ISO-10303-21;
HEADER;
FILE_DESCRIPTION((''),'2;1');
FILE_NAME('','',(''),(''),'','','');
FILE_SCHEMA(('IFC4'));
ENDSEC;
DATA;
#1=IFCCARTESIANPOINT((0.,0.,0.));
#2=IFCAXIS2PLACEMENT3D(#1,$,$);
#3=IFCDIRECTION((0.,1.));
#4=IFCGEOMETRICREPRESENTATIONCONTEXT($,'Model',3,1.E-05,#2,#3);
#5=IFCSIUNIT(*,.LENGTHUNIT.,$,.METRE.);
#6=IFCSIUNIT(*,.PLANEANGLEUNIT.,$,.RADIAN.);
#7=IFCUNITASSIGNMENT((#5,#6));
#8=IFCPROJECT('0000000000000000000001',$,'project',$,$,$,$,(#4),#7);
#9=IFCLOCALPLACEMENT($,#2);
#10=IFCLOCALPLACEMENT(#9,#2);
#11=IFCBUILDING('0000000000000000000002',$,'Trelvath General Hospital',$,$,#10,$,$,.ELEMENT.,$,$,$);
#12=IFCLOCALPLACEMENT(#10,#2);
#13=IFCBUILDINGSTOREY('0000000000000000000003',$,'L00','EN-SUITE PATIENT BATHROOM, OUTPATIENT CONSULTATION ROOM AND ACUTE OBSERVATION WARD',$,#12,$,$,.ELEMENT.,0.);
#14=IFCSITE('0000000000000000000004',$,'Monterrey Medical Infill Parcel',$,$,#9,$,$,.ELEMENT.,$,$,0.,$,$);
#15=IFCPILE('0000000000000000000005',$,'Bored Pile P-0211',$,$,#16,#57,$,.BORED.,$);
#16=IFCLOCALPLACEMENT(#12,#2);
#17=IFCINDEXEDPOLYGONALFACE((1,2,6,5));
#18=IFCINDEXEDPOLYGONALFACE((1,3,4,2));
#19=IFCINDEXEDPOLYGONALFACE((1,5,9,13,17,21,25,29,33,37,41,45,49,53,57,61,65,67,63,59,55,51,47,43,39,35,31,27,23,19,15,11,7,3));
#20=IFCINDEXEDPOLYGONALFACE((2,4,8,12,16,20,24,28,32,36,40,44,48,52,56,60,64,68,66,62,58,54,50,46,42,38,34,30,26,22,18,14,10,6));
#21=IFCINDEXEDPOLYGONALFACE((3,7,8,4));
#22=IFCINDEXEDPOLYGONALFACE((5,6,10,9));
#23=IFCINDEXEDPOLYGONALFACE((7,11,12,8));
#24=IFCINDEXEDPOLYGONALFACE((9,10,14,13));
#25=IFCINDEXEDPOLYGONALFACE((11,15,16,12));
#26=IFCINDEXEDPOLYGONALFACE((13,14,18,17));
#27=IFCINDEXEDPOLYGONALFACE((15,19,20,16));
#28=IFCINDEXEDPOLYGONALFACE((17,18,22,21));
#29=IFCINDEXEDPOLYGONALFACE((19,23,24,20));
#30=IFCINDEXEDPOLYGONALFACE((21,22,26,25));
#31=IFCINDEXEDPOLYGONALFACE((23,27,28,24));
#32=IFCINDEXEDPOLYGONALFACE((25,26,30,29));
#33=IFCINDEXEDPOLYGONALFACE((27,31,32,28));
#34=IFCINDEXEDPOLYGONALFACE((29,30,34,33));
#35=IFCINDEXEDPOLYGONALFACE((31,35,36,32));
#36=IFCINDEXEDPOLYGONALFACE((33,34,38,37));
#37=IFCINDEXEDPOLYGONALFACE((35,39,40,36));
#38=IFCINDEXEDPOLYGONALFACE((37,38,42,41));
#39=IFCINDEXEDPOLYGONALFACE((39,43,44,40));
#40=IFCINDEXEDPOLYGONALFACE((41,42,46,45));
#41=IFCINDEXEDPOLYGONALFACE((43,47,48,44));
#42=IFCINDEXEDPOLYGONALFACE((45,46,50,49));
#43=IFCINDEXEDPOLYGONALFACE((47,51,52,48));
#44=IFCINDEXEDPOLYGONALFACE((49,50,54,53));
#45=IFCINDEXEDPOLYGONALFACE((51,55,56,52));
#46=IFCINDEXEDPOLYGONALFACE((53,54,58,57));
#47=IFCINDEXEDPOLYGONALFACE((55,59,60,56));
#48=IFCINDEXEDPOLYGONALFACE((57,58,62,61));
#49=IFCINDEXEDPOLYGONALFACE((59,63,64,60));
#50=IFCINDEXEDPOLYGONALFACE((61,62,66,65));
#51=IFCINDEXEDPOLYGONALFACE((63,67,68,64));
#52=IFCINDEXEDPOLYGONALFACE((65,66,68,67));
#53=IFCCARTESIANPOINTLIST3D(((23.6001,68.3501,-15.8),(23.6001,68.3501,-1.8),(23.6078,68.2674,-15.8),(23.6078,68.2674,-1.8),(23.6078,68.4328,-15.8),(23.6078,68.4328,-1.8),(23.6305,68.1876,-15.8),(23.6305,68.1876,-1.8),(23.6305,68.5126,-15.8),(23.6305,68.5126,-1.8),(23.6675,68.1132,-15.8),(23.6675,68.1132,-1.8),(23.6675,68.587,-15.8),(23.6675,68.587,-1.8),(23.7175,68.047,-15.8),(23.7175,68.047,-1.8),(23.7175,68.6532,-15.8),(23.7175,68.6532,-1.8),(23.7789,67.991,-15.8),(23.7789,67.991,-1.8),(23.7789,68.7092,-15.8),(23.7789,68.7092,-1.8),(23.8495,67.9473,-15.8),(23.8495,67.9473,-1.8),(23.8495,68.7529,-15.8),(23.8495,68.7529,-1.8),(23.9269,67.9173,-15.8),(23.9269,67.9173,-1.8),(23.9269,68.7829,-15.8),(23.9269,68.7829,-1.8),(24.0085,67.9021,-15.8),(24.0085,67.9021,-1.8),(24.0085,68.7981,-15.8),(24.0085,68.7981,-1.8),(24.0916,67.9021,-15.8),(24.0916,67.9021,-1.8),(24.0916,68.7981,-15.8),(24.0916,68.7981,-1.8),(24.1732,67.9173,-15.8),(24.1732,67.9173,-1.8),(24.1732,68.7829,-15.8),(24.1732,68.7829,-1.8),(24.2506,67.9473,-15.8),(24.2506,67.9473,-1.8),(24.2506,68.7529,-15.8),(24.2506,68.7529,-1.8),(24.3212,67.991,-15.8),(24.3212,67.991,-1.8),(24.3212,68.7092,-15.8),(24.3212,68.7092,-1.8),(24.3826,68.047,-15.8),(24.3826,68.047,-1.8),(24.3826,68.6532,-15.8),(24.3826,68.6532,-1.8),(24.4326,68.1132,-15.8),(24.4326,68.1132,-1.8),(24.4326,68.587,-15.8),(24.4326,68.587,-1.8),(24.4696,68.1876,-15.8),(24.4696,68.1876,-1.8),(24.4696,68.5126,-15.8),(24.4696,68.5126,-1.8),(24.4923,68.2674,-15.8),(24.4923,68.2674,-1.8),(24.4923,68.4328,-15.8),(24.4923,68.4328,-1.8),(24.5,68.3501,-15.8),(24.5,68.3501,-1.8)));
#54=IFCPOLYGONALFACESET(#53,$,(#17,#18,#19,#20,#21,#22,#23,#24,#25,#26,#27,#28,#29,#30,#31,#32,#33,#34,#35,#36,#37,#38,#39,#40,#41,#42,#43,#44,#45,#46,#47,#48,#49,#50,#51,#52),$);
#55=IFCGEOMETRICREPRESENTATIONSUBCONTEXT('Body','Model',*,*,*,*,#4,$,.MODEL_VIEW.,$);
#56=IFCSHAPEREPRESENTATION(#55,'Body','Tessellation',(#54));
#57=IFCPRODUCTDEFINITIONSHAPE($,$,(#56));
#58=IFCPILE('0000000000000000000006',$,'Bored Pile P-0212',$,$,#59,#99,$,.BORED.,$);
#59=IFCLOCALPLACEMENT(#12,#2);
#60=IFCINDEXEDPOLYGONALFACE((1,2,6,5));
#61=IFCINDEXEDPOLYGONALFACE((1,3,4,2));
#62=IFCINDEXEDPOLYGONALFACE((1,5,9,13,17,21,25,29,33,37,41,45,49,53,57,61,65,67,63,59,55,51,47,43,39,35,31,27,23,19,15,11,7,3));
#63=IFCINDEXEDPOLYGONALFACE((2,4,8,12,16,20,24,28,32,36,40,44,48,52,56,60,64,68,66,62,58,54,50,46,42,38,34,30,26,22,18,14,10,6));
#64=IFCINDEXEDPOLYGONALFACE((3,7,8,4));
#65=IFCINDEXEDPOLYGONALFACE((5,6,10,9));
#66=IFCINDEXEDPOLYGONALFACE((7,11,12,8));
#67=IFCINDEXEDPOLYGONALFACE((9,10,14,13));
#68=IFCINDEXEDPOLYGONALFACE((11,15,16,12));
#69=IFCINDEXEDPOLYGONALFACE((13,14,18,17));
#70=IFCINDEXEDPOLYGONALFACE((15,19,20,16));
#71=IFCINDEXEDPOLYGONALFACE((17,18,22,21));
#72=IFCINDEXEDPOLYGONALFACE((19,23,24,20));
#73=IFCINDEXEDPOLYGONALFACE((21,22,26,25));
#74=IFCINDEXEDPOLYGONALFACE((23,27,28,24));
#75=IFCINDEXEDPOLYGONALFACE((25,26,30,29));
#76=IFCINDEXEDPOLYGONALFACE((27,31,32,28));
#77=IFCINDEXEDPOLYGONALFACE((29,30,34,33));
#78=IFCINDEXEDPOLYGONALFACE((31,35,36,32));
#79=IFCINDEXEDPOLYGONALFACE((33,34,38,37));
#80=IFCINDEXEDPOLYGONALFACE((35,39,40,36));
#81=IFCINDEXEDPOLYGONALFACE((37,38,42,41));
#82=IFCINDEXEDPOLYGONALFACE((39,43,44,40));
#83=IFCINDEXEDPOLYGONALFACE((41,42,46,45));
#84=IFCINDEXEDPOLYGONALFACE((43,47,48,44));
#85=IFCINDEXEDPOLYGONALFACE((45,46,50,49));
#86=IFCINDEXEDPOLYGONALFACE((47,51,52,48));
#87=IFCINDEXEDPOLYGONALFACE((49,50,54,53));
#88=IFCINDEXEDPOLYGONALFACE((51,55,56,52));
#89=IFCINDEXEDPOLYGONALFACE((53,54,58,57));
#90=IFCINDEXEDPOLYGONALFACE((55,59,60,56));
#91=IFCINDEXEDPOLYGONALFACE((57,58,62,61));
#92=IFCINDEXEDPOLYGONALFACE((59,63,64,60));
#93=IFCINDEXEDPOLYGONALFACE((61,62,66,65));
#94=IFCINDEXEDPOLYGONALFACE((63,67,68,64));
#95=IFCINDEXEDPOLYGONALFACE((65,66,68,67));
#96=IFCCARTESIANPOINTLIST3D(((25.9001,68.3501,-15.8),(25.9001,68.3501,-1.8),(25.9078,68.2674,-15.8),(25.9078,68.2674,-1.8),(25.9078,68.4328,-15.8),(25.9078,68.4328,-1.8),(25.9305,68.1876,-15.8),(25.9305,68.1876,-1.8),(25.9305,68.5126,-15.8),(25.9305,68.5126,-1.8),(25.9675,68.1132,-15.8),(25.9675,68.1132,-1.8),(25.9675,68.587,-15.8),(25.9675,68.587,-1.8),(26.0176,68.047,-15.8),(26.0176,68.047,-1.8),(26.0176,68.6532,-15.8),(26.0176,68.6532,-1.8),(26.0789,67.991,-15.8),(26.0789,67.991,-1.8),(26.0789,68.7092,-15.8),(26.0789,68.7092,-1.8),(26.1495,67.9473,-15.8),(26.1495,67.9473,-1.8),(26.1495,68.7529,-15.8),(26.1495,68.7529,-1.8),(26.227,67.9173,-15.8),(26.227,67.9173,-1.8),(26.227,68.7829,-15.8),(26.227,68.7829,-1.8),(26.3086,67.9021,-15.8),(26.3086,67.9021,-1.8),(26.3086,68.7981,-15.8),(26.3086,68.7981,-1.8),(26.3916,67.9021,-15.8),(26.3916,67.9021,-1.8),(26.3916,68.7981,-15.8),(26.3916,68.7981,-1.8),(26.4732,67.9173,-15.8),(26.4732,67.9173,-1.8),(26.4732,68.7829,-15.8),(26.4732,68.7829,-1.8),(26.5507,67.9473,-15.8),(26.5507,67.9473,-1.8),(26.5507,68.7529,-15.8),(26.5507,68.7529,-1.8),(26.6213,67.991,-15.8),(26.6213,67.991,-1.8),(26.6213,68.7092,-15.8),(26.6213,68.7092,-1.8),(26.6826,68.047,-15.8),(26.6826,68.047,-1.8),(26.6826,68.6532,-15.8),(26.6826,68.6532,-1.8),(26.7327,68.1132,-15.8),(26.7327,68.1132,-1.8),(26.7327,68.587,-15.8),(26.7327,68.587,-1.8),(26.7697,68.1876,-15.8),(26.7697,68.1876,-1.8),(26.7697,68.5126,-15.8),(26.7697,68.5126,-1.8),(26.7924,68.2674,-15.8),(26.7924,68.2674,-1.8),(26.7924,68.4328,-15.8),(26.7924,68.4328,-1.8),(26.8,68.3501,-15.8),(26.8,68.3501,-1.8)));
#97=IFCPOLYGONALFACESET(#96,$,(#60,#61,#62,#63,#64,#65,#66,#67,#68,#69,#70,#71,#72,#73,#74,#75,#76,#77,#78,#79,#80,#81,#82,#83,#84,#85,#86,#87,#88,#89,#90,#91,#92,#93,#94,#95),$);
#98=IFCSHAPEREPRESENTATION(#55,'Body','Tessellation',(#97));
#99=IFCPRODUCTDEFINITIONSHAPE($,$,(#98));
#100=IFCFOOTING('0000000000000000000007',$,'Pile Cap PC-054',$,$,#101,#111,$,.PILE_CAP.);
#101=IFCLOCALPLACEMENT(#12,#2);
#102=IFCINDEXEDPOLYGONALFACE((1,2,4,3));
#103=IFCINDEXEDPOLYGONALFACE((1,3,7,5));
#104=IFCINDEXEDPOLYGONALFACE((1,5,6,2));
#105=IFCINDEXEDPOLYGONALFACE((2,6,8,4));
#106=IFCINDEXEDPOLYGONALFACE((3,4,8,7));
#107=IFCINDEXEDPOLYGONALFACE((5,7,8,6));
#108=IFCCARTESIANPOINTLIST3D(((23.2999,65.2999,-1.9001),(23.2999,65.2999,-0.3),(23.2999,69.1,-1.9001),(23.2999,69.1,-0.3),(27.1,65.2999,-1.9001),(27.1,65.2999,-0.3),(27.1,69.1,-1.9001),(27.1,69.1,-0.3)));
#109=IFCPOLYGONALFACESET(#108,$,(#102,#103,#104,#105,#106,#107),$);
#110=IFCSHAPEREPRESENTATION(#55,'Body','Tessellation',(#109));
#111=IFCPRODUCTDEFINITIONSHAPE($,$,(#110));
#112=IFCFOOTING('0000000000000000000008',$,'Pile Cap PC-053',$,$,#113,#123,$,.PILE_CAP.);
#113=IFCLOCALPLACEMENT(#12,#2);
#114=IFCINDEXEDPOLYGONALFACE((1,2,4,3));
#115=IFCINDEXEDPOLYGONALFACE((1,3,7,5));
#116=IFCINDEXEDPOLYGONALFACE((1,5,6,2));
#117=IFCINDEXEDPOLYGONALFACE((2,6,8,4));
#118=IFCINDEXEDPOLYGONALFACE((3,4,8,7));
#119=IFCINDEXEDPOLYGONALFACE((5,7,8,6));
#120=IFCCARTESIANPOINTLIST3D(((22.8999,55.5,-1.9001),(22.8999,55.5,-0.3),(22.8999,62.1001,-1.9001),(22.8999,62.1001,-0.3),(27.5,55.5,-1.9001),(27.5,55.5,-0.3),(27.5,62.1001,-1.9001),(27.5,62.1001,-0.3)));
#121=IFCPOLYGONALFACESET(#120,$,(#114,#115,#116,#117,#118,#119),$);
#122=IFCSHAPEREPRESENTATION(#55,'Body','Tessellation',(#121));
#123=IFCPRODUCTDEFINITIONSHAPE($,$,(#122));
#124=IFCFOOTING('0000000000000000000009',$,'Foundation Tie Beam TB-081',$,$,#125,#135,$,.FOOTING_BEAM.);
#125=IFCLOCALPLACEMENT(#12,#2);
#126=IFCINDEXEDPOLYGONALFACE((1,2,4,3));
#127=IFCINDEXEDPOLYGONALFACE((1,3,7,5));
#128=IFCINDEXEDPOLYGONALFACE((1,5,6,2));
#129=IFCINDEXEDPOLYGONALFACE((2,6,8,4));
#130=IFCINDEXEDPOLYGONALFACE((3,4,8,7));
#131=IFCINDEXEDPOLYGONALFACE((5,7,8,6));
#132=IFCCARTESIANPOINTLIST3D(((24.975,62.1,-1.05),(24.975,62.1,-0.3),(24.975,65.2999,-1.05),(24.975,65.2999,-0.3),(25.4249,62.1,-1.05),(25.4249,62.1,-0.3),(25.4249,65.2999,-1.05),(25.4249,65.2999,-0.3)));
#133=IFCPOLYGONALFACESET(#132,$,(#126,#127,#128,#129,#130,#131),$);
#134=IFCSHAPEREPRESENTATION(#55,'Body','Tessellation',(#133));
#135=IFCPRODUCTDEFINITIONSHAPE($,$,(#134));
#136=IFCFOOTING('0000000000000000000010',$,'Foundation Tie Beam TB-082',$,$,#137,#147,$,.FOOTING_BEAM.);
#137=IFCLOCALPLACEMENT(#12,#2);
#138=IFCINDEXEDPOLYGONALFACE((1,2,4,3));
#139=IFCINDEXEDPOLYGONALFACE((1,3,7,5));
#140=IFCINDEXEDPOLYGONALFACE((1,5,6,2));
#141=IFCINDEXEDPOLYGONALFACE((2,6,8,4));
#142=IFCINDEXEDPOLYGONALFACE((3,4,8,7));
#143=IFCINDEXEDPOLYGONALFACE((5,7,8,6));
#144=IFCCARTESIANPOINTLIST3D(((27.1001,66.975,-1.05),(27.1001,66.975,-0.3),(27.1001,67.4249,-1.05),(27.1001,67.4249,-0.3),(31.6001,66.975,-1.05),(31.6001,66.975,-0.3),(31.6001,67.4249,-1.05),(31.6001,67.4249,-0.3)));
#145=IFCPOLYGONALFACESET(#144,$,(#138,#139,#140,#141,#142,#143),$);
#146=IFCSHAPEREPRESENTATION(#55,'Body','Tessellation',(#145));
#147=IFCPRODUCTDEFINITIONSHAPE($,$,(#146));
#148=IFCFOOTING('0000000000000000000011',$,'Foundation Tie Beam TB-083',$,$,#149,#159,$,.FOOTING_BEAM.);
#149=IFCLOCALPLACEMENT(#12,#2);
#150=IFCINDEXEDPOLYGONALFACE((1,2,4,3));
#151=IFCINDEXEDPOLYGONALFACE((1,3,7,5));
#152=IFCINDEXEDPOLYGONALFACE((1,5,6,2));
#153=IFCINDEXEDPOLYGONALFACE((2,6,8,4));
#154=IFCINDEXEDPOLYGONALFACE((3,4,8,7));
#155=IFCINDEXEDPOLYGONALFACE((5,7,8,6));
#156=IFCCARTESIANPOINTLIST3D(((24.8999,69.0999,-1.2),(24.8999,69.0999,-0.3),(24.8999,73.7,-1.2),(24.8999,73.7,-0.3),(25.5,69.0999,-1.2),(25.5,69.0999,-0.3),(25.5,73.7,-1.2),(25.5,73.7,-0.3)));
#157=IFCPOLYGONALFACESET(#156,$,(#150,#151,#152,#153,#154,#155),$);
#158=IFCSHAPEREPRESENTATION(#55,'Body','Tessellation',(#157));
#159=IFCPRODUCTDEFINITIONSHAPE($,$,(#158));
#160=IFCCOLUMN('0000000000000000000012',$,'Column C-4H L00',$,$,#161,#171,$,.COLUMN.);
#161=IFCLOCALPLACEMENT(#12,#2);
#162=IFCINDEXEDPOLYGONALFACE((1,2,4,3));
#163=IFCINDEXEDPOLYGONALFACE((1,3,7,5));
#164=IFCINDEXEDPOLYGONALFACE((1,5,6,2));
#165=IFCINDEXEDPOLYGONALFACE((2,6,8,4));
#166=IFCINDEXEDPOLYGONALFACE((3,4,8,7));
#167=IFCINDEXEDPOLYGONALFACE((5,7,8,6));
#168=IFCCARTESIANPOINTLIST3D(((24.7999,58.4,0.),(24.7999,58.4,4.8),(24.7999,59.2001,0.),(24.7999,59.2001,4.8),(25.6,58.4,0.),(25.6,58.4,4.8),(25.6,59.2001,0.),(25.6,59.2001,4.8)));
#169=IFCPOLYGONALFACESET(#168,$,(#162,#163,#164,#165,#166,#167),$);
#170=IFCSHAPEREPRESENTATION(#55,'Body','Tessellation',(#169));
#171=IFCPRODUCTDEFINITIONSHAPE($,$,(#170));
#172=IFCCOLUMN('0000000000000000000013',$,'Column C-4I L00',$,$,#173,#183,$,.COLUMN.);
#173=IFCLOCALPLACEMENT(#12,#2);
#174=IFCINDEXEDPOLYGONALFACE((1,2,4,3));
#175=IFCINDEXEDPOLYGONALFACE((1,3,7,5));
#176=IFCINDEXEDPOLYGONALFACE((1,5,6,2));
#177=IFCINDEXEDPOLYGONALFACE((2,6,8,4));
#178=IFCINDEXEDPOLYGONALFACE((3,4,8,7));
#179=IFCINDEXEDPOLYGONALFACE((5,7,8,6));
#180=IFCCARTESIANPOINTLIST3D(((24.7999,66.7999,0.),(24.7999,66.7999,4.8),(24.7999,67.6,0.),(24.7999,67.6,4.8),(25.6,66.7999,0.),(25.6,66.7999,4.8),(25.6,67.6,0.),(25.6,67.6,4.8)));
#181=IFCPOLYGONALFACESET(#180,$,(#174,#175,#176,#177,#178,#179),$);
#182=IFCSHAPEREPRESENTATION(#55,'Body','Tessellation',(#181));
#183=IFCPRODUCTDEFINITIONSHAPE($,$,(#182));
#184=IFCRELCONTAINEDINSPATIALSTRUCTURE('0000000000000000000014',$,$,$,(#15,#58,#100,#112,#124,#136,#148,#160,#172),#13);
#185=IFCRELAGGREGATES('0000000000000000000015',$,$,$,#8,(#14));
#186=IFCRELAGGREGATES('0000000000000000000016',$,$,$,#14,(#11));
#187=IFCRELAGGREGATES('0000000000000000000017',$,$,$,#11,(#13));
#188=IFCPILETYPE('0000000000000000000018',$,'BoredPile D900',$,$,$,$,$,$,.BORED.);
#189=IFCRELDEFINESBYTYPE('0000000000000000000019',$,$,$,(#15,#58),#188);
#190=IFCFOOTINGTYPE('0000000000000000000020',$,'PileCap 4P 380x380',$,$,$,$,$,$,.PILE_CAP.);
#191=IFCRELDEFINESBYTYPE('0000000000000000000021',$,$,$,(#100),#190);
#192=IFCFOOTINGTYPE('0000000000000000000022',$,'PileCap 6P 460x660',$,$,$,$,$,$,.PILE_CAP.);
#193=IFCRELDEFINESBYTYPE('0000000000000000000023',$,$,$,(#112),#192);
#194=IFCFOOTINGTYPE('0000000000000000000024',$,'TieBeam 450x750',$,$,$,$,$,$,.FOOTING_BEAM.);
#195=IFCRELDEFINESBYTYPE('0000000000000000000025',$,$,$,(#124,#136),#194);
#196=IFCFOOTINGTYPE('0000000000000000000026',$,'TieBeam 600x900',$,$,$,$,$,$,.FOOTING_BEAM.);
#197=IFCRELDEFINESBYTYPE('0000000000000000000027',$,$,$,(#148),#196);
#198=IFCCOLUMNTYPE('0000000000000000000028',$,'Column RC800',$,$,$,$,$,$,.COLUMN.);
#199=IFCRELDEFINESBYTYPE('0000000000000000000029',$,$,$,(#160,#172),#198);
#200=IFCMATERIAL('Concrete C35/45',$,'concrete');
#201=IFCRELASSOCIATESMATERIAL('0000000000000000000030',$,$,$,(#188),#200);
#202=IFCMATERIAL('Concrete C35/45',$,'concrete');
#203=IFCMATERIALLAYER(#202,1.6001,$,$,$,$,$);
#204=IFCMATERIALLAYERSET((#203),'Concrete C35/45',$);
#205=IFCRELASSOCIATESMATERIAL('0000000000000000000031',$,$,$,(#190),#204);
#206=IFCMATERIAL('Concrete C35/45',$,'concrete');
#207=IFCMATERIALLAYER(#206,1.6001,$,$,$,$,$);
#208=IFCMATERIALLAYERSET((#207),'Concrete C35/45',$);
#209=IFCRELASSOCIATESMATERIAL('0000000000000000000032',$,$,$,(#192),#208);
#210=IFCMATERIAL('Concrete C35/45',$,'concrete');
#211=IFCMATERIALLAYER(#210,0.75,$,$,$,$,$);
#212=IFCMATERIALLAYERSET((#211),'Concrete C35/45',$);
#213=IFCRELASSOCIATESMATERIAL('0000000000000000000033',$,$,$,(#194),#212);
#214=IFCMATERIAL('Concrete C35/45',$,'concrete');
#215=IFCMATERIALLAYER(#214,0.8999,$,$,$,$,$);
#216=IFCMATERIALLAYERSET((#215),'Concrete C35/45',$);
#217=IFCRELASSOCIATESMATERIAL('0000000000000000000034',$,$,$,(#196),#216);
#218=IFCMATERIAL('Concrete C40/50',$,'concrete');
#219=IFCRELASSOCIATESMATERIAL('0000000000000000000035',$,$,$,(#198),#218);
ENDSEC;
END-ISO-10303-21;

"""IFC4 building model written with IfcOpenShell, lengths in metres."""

from ifc_helpers import new_model, si_unit, direction, frame, origin, origin_2d, place, context, subcontext, project, spatial, rectangle, circle, extrude, material, layer, layer_set, material_profile, profile_set, type_object, element, save


model = new_model("IFC4")

# Units and contexts
model_context = context("Model", 3, precision=1e-05, world=origin(), true_north=direction((0.0, 1.0)))
body_context = subcontext(model_context, "Body", "Model", "MODEL_VIEW")
ifc_project = project(units=[si_unit("LENGTHUNIT", "METRE"), si_unit("PLANEANGLEUNIT", "RADIAN")], contexts=[model_context])

# Site, building, storey
site_placement = place(None, origin())
site = spatial("IfcSite", under=ifc_project, at=site_placement, Name="Monterrey Medical Infill Parcel", CompositionType="ELEMENT", RefElevation=0.0)
building_placement = place(site_placement, origin())
building = spatial("IfcBuilding", under=site, at=building_placement, Name="Trelvath General Hospital", CompositionType="ELEMENT")
storey_placement = place(building_placement, origin())
storey = spatial("IfcBuildingStorey", under=building, at=storey_placement, Name="L00", Description="EN-SUITE PATIENT BATHROOM, OUTPATIENT CONSULTATION ROOM AND ACUTE OBSERVATION WARD", CompositionType="ELEMENT", Elevation=0.0)

# Piles
ifc_material_1 = material(Name="Concrete C35/45", Category="concrete")
ifc_material_profile_1 = material_profile(ifc_material_1, circle(Radius=0.45, at=origin_2d()), Name="PILE900")
ifc_profile_set_1 = profile_set([ifc_material_profile_1], Name="Concrete C35/45")
pile_type_1 = type_object("IfcPileType", Name="BoredPile D900", PredefinedType="BORED", material=ifc_profile_set_1)
for number, where, z_axis, x_axis, name in (
    (1, (24.05, 68.3501, -1.8), (0.0, 0.0, -1.0), (1.0, 0.0, 0.0), "Bored Pile P-0211"),
    (2, (26.3501, 68.3501, -1.8), (0.0, 0.0, -1.0), (1.0, 0.0, 0.0), "Bored Pile P-0212"),
):
    element("IfcPile", number, at=place(storey_placement, frame(where, z_axis=z_axis, x_axis=x_axis)), inside=storey, type_object=pile_type_1, Name=name, PredefinedType="BORED", context=body_context, shape_type="SweptSolid", body=[
        extrude(circle(Radius=0.45, at=origin_2d()), origin(), (0.0, 0.0, 1.0), 14.0),
    ])

# Footings
ifc_material_2 = material(Name="Concrete C35/45", Category="concrete")
ifc_layer_1 = layer(ifc_material_2, 1.6001)
ifc_layer_set_1 = layer_set([ifc_layer_1], Name="Concrete C35/45")
footing_type_1 = type_object("IfcFootingType", Name="PileCap 4P 380x380", PredefinedType="PILE_CAP", material=ifc_layer_set_1)
footing_1_placement = place(storey_placement, frame((25.2, 67.2, -1.9001), z_axis=(0.0, 0.0, 1.0), x_axis=(1.0, 0.0, 0.0)))
element("IfcFooting", 3, at=footing_1_placement, inside=storey, type_object=footing_type_1, Name="Pile Cap PC-054", PredefinedType="PILE_CAP", context=body_context, shape_type="SweptSolid", body=[
    extrude(rectangle(XDim=3.8, YDim=3.8, at=origin_2d()), origin(), (0.0, 0.0, 1.0), 1.6001),
])
ifc_material_3 = material(Name="Concrete C35/45", Category="concrete")
ifc_layer_2 = layer(ifc_material_3, 1.6001)
ifc_layer_set_2 = layer_set([ifc_layer_2], Name="Concrete C35/45")
footing_type_2 = type_object("IfcFootingType", Name="PileCap 6P 460x660", PredefinedType="PILE_CAP", material=ifc_layer_set_2)
footing_2_placement = place(storey_placement, frame((25.2, 58.8, -1.9001), z_axis=(0.0, 0.0, 1.0), x_axis=(1.0, 0.0, 0.0)))
element("IfcFooting", 4, at=footing_2_placement, inside=storey, type_object=footing_type_2, Name="Pile Cap PC-053", PredefinedType="PILE_CAP", context=body_context, shape_type="SweptSolid", body=[
    extrude(rectangle(XDim=4.6001, YDim=6.6001, at=origin_2d()), origin(), (0.0, 0.0, 1.0), 1.6001),
])
ifc_material_4 = material(Name="Concrete C35/45", Category="concrete")
ifc_layer_3 = layer(ifc_material_4, 0.75)
ifc_layer_set_3 = layer_set([ifc_layer_3], Name="Concrete C35/45")
footing_type_3 = type_object("IfcFootingType", Name="TieBeam 450x750", PredefinedType="FOOTING_BEAM", material=ifc_layer_set_3)
footing_3_placement = place(storey_placement, frame((25.2, 63.7, -1.05), z_axis=(0.0, 0.0, 1.0), x_axis=(1.0, 0.0, 0.0)))
element("IfcFooting", 5, at=footing_3_placement, inside=storey, type_object=footing_type_3, Name="Foundation Tie Beam TB-081", PredefinedType="FOOTING_BEAM", context=body_context, shape_type="SweptSolid", body=[
    extrude(rectangle(XDim=0.45, YDim=3.2, at=origin_2d()), origin(), (0.0, 0.0, 1.0), 0.75),
])
footing_4_placement = place(storey_placement, frame((29.3501, 67.2, -1.05), z_axis=(0.0, 0.0, 1.0), x_axis=(1.0, 0.0, 0.0)))
element("IfcFooting", 6, at=footing_4_placement, inside=storey, type_object=footing_type_3, Name="Foundation Tie Beam TB-082", PredefinedType="FOOTING_BEAM", context=body_context, shape_type="SweptSolid", body=[
    extrude(rectangle(XDim=4.5, YDim=0.45, at=origin_2d()), origin(), (0.0, 0.0, 1.0), 0.75),
])
ifc_material_5 = material(Name="Concrete C35/45", Category="concrete")
ifc_layer_4 = layer(ifc_material_5, 0.8999)
ifc_layer_set_4 = layer_set([ifc_layer_4], Name="Concrete C35/45")
footing_type_4 = type_object("IfcFootingType", Name="TieBeam 600x900", PredefinedType="FOOTING_BEAM", material=ifc_layer_set_4)
footing_5_placement = place(storey_placement, frame((25.2, 71.3999, -1.2), z_axis=(0.0, 0.0, 1.0), x_axis=(1.0, 0.0, 0.0)))
element("IfcFooting", 7, at=footing_5_placement, inside=storey, type_object=footing_type_4, Name="Foundation Tie Beam TB-083", PredefinedType="FOOTING_BEAM", context=body_context, shape_type="SweptSolid", body=[
    extrude(rectangle(XDim=0.6001, YDim=4.6001, at=origin_2d()), origin(), (0.0, 0.0, 1.0), 0.8999),
])

# Columns
ifc_material_6 = material(Name="Concrete C40/50", Category="concrete")
ifc_material_profile_2 = material_profile(ifc_material_6, rectangle(XDim=0.8, YDim=0.8, at=origin_2d()), Name="RC800x800")
ifc_profile_set_2 = profile_set([ifc_material_profile_2], Name="Concrete C40/50")
column_type = type_object("IfcColumnType", Name="Column RC800", PredefinedType="COLUMN", material=ifc_profile_set_2)
for number, where, z_axis, x_axis, name in (
    (8, (25.2, 58.8, 0.0), (0.0, 0.0, 1.0), (1.0, 0.0, 0.0), "Column C-4H L00"),
    (9, (25.2, 67.2, 0.0), (0.0, 0.0, 1.0), (1.0, 0.0, 0.0), "Column C-4I L00"),
):
    element("IfcColumn", number, at=place(storey_placement, frame(where, z_axis=z_axis, x_axis=x_axis)), inside=storey, type_object=column_type, Name=name, PredefinedType="COLUMN", context=body_context, shape_type="SweptSolid", body=[
        extrude(rectangle(XDim=0.8, YDim=0.8, at=origin_2d()), origin(), (0.0, 0.0, 1.0), 4.8),
    ])

save(model, "model.ifc")
